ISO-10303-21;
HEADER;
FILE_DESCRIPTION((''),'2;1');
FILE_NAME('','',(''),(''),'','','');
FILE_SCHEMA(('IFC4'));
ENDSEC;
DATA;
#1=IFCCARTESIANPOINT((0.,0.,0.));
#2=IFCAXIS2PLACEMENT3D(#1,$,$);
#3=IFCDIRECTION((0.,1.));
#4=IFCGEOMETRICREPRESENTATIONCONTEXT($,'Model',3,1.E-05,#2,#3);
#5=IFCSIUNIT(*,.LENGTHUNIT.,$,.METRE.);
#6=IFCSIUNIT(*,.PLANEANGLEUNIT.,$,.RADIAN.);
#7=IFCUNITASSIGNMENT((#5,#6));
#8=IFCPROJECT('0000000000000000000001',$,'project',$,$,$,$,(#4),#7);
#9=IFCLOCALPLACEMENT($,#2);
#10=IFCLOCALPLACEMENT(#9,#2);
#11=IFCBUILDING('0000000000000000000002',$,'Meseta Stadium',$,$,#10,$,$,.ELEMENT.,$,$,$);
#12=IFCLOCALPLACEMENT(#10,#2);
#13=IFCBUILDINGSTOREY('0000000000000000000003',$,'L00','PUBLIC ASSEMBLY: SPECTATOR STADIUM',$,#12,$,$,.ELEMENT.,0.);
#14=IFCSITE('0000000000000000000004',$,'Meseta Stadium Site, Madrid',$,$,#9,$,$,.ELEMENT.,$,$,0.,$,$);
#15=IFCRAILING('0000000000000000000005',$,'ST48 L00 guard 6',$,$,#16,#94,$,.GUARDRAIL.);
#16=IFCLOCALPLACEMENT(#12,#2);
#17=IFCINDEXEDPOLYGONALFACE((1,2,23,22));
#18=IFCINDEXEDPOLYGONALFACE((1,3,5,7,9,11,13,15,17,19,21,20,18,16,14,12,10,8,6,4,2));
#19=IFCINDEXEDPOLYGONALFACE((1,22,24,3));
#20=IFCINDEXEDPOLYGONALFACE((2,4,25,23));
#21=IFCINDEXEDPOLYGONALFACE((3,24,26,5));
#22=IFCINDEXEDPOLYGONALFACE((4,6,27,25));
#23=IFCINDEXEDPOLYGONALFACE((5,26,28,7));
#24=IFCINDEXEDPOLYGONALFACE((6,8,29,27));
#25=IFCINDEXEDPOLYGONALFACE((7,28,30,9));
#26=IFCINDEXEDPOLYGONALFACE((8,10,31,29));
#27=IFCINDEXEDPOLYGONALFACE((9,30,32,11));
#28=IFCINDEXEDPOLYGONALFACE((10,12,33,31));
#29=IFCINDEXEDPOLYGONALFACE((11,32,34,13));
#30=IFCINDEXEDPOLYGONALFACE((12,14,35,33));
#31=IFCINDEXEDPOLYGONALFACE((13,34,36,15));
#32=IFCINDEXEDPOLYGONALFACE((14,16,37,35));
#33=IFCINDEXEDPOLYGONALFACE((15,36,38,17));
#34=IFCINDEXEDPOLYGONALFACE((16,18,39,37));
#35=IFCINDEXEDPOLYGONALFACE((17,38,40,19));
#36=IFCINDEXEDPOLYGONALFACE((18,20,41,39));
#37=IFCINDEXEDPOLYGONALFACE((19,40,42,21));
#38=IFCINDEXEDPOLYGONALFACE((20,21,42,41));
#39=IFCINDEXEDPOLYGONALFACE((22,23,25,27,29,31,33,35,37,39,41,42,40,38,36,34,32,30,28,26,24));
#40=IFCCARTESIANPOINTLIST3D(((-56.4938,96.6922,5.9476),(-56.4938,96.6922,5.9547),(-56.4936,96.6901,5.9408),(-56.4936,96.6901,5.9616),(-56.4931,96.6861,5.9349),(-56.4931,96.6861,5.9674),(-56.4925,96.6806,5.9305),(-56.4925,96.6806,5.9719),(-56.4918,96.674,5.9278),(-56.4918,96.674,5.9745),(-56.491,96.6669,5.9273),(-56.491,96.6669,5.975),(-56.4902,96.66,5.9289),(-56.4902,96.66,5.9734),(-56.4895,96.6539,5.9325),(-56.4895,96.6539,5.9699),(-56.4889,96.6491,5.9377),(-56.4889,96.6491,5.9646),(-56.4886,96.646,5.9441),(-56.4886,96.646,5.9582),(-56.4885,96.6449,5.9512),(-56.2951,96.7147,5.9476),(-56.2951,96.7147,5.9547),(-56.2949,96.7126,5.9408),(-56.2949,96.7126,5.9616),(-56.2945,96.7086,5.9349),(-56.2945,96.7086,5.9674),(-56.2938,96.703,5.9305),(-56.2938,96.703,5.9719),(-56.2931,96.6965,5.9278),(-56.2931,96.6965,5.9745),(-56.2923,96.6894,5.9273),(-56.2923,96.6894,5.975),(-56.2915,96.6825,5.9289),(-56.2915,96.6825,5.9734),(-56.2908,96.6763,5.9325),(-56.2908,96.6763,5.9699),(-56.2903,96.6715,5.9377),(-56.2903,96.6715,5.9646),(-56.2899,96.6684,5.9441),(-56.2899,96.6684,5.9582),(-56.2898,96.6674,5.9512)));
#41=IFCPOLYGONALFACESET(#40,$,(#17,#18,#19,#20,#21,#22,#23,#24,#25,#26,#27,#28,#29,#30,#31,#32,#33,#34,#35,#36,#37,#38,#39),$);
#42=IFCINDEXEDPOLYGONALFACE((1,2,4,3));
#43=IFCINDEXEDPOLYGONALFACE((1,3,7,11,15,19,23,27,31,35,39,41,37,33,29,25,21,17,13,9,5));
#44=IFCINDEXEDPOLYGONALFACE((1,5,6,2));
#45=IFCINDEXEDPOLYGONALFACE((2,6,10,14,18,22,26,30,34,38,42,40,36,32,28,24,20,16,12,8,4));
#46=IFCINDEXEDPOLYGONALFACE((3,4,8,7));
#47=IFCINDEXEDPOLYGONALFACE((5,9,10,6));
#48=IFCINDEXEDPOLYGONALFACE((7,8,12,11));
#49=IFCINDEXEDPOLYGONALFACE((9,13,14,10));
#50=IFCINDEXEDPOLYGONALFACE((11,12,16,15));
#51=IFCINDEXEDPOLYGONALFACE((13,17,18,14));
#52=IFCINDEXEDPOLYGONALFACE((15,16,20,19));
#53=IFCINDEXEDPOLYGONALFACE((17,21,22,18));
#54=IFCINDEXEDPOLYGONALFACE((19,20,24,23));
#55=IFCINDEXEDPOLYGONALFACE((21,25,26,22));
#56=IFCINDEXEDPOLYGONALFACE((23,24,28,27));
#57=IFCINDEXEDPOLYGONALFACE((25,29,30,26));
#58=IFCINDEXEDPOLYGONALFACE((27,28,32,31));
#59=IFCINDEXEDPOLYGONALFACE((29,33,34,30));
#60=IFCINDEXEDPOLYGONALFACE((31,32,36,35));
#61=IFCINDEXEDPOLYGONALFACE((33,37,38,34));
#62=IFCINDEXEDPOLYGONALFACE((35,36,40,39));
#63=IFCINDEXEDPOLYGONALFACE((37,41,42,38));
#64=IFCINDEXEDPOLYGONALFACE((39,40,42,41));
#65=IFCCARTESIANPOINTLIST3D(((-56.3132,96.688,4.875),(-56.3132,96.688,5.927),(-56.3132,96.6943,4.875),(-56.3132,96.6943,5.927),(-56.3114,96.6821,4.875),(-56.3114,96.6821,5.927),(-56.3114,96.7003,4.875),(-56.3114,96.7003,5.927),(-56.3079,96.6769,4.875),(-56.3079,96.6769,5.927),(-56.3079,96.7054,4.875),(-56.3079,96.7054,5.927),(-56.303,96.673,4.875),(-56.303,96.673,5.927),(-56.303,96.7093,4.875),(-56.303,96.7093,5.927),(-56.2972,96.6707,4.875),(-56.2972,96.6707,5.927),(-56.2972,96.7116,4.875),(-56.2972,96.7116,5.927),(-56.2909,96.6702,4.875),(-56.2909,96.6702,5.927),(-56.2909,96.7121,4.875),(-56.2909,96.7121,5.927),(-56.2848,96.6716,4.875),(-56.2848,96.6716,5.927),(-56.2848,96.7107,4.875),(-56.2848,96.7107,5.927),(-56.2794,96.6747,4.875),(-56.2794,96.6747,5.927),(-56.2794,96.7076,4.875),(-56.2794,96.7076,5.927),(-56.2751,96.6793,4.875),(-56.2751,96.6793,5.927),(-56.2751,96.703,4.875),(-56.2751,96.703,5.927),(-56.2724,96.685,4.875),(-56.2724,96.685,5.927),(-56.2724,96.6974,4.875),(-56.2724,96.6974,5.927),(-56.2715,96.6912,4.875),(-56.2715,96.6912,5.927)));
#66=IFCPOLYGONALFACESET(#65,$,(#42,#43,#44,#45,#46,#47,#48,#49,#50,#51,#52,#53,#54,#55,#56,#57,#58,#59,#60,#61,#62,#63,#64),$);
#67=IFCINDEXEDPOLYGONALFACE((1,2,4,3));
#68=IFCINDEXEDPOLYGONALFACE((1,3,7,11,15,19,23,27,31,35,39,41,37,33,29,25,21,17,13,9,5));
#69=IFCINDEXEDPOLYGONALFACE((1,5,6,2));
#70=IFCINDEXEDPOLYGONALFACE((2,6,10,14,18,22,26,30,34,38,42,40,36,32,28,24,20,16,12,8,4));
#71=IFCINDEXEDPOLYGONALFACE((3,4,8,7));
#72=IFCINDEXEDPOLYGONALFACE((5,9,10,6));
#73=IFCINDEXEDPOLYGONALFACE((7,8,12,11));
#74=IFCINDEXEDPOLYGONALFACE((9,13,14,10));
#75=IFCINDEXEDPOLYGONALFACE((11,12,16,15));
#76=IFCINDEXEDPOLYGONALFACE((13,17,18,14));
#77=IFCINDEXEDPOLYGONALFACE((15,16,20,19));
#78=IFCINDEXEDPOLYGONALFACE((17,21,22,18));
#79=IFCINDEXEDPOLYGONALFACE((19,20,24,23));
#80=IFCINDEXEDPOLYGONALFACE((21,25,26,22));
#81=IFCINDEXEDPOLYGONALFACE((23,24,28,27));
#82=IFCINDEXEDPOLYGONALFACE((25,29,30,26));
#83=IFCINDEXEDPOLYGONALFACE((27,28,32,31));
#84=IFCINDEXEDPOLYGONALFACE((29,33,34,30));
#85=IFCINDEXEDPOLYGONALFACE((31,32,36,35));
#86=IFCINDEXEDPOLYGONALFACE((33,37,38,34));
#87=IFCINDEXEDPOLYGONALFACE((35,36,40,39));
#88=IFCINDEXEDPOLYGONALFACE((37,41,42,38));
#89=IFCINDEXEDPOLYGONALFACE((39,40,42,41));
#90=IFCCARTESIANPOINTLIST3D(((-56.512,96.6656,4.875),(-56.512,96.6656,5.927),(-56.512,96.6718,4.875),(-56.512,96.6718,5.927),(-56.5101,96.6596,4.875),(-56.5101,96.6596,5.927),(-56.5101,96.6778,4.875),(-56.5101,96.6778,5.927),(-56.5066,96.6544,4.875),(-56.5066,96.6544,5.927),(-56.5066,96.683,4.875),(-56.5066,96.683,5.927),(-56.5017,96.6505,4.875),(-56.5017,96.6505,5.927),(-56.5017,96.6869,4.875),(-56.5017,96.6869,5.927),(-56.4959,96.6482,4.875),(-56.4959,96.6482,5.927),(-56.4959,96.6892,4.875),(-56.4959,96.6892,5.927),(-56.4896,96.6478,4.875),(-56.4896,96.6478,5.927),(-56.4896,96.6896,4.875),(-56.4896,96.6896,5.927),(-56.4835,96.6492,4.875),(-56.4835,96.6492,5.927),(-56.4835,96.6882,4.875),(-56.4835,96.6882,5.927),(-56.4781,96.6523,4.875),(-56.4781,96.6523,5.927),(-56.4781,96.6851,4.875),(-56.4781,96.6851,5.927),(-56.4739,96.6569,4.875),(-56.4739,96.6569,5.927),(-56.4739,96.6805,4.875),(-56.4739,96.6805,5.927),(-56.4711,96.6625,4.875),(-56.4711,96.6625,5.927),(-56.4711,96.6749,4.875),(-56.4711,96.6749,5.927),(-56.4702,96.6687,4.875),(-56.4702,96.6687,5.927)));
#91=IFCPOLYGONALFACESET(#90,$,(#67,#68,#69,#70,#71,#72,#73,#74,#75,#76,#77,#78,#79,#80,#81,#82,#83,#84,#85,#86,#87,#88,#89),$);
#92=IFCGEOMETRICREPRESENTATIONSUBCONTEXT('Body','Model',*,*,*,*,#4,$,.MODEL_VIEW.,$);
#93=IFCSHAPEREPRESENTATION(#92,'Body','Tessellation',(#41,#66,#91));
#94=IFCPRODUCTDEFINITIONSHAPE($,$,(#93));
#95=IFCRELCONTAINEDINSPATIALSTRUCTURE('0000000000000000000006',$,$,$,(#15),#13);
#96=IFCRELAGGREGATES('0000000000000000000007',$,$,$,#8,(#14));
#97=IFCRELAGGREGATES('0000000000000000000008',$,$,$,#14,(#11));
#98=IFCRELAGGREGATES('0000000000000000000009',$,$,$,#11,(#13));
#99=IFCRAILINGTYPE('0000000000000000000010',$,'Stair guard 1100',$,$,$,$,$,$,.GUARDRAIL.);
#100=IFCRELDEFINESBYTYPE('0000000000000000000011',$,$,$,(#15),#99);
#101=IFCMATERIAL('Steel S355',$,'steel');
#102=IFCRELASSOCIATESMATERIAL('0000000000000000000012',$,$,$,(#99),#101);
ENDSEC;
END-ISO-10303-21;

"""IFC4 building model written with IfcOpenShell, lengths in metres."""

from ifc_helpers import new_model, si_unit, direction, frame, origin, origin_2d, place, context, subcontext, project, spatial, circle, extrude, material, type_object, element, save


model = new_model("IFC4")

# Units and contexts
model_context = context("Model", 3, precision=1e-05, world=origin(), true_north=direction((0.0, 1.0)))
body_context = subcontext(model_context, "Body", "Model", "MODEL_VIEW")
ifc_project = project(units=[si_unit("LENGTHUNIT", "METRE"), si_unit("PLANEANGLEUNIT", "RADIAN")], contexts=[model_context])

# Site, building, storey
site_placement = place(None, origin())
site = spatial("IfcSite", under=ifc_project, at=site_placement, Name="Meseta Stadium Site, Madrid", CompositionType="ELEMENT", RefElevation=0.0)
building_placement = place(site_placement, origin())
building = spatial("IfcBuilding", under=site, at=building_placement, Name="Meseta Stadium", CompositionType="ELEMENT")
storey_placement = place(building_placement, origin())
storey = spatial("IfcBuildingStorey", under=building, at=storey_placement, Name="L00", Description="PUBLIC ASSEMBLY: SPECTATOR STADIUM", CompositionType="ELEMENT", Elevation=0.0)

# Railing
ifc_material_1 = material(Name="Steel S355", Category="steel")
railing_type_1 = type_object("IfcRailingType", Name="Stair guard 1100", PredefinedType="GUARDRAIL", material=ifc_material_1)
railing_1_placement = place(storey_placement, frame((-56.2925, 96.6912, 4.875)))
element("IfcRailing", 1, at=railing_1_placement, inside=storey, type_object=railing_type_1, Name="ST48 L00 guard 6", PredefinedType="GUARDRAIL", context=body_context, shape_type="SweptSolid", body=[
    extrude(circle(Radius=0.0239, at=origin_2d()), frame((0.0, 0.0, 1.0762), z_axis=(-0.993674, -0.112307, 0.0), x_axis=(0.112307, -0.993674, 0.0)), (0.0, 0.0, 1.0), 0.2),
    extrude(circle(Radius=0.021, at=origin_2d()), origin(), (0.0, 0.0, 1.0), 1.052),
    extrude(circle(Radius=0.021, at=origin_2d()), frame((-0.1987, -0.0225, 0.0)), (0.0, 0.0, 1.0), 1.052),
])

save(model, "model.ifc")
